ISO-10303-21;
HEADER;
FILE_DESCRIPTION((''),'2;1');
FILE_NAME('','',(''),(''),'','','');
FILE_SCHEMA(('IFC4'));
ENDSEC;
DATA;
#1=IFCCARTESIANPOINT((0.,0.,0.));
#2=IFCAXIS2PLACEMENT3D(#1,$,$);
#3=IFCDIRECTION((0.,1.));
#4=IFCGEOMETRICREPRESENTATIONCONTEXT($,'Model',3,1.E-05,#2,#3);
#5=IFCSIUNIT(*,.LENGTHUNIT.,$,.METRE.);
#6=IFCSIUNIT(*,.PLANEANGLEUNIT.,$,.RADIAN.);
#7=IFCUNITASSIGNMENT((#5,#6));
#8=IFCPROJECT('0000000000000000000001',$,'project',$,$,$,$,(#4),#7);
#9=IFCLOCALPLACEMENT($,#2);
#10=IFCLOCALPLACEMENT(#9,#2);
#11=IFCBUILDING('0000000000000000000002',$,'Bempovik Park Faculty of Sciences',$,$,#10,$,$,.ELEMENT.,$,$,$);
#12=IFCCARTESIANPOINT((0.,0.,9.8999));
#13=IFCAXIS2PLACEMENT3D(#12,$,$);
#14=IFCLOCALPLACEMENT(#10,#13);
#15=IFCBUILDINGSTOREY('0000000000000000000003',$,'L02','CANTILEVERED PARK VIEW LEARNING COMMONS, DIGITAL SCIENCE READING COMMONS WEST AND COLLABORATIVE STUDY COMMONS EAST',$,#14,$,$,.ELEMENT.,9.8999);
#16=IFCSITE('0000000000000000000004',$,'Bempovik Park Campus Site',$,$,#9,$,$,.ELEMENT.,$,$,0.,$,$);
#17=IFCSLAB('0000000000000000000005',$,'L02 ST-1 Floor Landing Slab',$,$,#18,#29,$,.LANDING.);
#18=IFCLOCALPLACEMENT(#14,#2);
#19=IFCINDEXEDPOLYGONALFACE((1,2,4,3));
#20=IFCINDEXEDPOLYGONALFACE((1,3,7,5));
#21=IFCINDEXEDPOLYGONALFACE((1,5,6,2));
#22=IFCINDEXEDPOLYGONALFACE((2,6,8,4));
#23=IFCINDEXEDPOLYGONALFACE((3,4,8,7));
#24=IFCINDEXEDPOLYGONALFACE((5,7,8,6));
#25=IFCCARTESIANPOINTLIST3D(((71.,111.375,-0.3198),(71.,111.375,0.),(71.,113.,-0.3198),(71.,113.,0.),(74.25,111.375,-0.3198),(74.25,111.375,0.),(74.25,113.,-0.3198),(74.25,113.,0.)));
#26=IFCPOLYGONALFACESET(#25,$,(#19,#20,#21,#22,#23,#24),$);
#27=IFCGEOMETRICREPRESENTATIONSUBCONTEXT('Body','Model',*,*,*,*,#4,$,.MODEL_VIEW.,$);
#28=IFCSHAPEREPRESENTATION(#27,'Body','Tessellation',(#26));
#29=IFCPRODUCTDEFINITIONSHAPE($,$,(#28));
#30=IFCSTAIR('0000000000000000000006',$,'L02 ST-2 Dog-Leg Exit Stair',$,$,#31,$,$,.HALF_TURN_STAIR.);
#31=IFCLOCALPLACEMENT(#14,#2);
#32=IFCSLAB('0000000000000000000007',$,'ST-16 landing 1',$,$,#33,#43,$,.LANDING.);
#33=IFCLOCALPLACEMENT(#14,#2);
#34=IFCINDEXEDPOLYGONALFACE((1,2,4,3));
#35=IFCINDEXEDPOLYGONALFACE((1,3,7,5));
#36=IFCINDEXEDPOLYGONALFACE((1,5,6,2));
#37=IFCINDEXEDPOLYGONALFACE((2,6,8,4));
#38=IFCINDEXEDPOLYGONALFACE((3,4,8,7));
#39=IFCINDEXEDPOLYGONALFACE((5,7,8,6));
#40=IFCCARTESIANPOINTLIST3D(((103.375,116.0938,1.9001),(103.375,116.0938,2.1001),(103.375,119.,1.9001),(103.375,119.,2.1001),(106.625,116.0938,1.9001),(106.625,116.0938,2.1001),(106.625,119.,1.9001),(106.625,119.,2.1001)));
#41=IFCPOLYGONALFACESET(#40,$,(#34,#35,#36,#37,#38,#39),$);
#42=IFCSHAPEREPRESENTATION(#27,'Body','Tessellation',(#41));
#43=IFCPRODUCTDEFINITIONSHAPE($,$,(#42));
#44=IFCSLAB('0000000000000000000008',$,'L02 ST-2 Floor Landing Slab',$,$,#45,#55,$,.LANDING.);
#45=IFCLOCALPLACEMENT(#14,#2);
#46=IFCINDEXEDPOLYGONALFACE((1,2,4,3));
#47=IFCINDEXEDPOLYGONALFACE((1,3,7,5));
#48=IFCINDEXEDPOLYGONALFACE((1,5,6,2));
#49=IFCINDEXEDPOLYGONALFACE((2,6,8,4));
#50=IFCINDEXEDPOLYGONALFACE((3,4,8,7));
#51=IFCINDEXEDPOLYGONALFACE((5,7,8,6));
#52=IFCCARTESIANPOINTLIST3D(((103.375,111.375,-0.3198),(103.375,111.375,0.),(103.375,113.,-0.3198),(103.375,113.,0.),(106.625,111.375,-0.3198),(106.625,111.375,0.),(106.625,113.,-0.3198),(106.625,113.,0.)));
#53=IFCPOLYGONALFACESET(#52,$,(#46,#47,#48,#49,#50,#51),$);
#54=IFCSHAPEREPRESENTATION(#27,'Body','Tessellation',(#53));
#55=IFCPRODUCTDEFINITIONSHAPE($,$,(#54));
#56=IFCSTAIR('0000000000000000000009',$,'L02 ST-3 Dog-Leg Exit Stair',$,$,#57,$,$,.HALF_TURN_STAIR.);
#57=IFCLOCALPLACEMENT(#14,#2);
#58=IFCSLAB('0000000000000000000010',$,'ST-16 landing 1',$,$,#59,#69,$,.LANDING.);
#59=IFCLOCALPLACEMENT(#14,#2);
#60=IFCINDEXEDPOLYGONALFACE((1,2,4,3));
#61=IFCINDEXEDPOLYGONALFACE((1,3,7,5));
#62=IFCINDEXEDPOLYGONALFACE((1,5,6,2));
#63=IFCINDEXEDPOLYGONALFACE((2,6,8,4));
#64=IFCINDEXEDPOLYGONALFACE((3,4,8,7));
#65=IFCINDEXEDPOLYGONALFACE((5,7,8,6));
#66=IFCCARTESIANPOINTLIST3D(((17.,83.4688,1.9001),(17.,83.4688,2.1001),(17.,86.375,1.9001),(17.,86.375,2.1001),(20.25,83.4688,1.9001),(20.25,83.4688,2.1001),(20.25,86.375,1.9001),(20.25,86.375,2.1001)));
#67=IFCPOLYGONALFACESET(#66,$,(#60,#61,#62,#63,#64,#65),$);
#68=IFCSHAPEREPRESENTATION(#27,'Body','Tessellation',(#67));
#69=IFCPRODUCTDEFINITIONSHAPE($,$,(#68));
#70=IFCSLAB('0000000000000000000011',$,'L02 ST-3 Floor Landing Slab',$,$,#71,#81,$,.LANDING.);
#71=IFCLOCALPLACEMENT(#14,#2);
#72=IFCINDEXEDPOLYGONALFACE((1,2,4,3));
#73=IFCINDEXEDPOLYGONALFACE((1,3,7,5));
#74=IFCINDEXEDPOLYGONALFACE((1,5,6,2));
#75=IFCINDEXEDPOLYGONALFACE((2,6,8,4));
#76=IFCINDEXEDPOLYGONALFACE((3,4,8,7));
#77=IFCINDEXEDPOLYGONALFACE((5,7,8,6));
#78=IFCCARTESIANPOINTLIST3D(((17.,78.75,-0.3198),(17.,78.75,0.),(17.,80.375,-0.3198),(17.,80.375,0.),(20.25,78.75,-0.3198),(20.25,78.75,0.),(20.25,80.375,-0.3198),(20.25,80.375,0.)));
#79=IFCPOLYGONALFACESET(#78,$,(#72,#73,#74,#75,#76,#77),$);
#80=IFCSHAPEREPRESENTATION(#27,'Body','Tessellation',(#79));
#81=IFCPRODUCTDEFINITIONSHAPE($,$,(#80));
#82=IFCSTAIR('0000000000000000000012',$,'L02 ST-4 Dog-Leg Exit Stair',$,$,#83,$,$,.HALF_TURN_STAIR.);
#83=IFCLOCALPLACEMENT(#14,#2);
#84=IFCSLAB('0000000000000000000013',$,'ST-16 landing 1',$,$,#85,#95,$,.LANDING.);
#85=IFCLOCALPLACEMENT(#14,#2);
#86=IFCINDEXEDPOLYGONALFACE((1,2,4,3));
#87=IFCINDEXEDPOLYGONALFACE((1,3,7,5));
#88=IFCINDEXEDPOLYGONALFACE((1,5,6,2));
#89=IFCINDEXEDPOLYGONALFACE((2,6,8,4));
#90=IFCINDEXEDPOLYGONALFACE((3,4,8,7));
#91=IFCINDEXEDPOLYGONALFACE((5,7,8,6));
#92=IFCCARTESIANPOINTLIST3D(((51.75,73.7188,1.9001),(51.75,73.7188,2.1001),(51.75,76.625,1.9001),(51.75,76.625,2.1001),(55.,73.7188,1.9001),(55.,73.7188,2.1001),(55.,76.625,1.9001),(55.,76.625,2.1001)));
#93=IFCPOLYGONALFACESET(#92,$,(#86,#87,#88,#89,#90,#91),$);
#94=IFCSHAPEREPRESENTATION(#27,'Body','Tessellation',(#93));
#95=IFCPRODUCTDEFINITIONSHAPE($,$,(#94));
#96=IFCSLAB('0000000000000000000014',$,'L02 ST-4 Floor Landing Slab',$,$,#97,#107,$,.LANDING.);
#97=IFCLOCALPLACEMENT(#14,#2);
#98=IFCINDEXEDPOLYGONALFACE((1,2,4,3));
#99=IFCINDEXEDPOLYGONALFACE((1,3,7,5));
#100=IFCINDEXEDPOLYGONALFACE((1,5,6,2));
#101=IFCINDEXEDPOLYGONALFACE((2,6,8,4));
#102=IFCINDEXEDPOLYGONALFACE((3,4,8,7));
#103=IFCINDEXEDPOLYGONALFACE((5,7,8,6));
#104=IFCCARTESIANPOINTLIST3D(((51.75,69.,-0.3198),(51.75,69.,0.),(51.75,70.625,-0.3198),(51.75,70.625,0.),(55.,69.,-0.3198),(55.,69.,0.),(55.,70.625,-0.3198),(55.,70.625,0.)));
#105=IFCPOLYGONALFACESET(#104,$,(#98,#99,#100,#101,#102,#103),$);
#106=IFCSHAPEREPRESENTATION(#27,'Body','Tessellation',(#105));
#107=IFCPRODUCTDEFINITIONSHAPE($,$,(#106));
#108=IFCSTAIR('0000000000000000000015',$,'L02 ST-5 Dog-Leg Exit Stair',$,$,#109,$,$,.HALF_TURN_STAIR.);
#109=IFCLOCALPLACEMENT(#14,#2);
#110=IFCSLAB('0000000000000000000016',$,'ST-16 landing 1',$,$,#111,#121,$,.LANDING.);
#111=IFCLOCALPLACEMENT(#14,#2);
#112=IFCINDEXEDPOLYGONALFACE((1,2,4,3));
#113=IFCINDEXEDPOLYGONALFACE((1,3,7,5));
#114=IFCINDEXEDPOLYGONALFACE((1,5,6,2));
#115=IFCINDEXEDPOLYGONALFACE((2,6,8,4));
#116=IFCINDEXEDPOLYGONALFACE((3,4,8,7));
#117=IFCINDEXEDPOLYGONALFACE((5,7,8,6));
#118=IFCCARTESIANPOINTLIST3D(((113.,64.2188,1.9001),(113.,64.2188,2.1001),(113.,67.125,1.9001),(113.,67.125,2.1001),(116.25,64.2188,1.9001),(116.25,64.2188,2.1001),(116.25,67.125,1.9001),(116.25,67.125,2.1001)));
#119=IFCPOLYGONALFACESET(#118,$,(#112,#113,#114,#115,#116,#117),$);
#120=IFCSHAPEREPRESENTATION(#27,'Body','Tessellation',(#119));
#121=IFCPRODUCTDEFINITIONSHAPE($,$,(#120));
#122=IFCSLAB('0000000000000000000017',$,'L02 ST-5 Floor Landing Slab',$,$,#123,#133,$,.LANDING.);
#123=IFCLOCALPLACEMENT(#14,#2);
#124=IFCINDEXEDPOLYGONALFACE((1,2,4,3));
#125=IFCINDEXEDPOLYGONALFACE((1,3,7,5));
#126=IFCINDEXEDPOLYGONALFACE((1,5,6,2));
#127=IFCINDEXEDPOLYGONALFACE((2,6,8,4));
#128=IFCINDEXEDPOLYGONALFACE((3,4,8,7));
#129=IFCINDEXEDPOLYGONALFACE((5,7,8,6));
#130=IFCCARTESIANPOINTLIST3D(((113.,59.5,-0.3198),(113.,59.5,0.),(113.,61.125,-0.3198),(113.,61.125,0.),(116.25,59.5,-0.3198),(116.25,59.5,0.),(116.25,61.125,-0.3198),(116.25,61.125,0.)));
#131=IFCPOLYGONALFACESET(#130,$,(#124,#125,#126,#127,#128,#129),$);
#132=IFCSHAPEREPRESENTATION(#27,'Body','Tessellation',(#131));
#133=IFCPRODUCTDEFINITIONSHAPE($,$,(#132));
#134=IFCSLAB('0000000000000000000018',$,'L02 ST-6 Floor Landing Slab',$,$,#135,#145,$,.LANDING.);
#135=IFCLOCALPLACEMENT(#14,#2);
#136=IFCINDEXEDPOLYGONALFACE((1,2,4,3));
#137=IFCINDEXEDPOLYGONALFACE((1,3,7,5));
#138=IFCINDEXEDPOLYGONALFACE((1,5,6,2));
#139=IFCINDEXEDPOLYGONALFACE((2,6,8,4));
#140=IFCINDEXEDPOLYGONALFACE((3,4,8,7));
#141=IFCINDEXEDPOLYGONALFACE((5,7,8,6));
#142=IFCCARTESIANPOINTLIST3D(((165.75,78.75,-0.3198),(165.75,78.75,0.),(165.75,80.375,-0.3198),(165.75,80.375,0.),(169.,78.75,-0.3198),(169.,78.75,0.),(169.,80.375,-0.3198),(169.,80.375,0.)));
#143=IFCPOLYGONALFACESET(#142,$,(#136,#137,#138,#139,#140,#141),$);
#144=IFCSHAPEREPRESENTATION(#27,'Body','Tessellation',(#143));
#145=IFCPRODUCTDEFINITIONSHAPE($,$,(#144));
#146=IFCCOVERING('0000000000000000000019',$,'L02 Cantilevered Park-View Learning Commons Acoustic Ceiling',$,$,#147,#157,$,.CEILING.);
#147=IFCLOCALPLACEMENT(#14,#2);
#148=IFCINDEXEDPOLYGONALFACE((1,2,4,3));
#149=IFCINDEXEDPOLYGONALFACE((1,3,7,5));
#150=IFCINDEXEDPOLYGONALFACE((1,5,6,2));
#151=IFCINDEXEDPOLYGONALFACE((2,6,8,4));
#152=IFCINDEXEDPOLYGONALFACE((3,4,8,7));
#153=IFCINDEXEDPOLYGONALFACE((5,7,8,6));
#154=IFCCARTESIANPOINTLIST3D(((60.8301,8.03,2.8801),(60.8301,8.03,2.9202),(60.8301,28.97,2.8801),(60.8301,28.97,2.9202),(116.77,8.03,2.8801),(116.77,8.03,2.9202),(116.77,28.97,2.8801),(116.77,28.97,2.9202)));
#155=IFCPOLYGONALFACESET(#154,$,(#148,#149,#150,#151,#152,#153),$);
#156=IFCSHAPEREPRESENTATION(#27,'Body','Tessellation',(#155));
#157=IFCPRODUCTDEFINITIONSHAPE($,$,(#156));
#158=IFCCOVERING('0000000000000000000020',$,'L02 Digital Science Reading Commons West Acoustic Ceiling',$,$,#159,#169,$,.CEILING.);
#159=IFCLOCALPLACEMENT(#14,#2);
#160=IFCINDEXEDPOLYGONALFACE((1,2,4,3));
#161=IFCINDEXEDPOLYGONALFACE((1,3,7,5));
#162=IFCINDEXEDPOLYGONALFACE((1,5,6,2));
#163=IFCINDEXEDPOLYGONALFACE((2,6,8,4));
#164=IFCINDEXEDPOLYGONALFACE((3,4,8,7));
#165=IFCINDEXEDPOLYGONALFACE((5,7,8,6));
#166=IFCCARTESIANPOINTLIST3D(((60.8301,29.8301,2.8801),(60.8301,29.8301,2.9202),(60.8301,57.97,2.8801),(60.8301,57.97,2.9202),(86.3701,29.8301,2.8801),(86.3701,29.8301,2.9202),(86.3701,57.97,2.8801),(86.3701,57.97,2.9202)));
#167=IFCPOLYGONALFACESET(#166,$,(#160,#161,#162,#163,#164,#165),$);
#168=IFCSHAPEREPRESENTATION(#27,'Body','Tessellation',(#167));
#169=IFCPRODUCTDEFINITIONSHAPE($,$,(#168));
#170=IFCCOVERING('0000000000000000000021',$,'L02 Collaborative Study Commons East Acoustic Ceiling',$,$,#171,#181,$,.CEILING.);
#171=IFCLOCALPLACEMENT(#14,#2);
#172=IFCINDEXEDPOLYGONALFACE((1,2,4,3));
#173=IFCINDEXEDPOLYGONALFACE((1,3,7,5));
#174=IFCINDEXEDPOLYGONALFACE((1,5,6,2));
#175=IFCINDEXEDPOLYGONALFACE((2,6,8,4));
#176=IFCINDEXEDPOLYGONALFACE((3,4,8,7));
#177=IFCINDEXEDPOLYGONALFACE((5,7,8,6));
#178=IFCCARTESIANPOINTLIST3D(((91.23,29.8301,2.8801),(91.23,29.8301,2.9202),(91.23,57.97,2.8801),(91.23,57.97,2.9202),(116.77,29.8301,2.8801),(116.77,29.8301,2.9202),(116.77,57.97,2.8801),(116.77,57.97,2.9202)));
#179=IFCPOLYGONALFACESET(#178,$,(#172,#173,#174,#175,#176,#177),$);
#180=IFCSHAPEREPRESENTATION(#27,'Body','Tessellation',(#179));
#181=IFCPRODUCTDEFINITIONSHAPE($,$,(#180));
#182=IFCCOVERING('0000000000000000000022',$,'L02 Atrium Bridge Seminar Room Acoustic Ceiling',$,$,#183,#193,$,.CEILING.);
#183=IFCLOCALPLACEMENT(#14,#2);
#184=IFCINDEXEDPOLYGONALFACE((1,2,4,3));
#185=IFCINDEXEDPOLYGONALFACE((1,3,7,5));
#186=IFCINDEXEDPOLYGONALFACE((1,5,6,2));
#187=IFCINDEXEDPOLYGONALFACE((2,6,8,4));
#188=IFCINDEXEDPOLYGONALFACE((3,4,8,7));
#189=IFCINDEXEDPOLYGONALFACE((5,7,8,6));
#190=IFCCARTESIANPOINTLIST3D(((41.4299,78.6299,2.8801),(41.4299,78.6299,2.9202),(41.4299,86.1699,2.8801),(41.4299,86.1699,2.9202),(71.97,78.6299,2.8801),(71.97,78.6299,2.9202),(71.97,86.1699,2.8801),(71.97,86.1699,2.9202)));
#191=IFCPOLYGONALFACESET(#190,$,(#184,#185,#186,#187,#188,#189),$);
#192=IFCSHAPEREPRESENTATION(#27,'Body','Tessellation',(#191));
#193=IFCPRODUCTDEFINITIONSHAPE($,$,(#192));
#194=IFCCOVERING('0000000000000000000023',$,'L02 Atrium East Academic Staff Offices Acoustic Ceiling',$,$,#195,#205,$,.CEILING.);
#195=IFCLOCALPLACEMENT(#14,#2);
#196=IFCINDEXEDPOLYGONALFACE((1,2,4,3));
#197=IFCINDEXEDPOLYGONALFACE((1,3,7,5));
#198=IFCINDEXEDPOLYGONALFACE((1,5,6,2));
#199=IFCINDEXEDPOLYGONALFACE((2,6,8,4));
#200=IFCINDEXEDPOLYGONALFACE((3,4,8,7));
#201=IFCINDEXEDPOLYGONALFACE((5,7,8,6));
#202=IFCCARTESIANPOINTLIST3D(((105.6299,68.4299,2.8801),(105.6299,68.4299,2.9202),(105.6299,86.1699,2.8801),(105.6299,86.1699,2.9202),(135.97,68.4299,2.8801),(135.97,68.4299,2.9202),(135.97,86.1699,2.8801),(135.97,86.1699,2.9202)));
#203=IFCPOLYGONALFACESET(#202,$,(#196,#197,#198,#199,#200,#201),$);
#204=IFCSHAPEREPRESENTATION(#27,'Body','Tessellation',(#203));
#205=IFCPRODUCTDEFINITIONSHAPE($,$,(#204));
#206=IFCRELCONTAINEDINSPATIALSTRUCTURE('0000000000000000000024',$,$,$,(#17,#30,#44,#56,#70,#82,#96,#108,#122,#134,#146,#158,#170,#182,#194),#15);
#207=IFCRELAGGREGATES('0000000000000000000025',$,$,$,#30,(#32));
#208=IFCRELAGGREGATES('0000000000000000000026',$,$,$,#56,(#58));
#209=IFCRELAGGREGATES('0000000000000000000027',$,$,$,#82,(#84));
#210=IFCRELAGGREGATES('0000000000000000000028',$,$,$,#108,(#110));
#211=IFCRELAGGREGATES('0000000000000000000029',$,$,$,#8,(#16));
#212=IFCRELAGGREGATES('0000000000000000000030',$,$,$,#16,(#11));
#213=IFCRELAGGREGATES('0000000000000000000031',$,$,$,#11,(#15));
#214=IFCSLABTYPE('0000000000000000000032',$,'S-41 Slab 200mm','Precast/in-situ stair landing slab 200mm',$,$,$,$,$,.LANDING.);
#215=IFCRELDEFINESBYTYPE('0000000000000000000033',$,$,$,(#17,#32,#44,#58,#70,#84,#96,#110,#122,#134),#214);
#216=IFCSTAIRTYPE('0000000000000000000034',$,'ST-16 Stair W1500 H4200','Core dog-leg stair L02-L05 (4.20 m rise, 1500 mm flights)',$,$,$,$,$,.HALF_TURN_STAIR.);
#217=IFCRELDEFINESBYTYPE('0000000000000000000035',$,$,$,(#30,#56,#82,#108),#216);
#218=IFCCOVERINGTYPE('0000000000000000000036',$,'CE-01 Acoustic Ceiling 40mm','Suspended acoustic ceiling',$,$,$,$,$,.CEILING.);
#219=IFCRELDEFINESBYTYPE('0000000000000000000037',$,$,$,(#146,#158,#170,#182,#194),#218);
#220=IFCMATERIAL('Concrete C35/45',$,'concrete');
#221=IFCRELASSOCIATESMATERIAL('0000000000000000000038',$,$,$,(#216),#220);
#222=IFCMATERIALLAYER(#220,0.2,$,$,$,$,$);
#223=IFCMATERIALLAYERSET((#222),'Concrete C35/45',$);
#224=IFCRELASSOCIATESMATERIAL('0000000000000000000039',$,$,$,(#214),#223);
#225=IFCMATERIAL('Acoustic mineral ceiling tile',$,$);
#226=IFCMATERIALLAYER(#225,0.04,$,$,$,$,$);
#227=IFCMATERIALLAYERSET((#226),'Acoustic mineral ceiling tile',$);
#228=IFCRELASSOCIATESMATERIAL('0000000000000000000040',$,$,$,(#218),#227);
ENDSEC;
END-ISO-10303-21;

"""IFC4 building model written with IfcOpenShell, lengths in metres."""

from ifc_helpers import new_model, si_unit, direction, frame, origin, place, context, subcontext, project, spatial, polyline, outline, extrude, material, layer, layer_set, type_object, element, aggregate, save


model = new_model("IFC4")

# Units and contexts
model_context = context("Model", 3, precision=1e-05, world=origin(), true_north=direction((0.0, 1.0)))
body_context = subcontext(model_context, "Body", "Model", "MODEL_VIEW")
ifc_project = project(units=[si_unit("LENGTHUNIT", "METRE"), si_unit("PLANEANGLEUNIT", "RADIAN")], contexts=[model_context])

# Site, building, storey
site_placement = place(None, origin())
site = spatial("IfcSite", under=ifc_project, at=site_placement, Name="Bempovik Park Campus Site", CompositionType="ELEMENT", RefElevation=0.0)
building_placement = place(site_placement, origin())
building = spatial("IfcBuilding", under=site, at=building_placement, Name="Bempovik Park Faculty of Sciences", CompositionType="ELEMENT")
storey_placement = place(building_placement, frame((0.0, 0.0, 9.8999)))
storey = spatial("IfcBuildingStorey", under=building, at=storey_placement, Name="L02", Description="CANTILEVERED PARK VIEW LEARNING COMMONS, DIGITAL SCIENCE READING COMMONS WEST AND COLLABORATIVE STUDY COMMONS EAST", CompositionType="ELEMENT", Elevation=9.8999)

# Shared definitions
ifc_material_1 = material(Name="Concrete C35/45", Category="concrete")

# Shared definitions
stair_type = type_object("IfcStairType", Name="ST-16 Stair W1500 H4200", Description="Core dog-leg stair L02-L05 (4.20 m rise, 1500 mm flights)", PredefinedType="HALF_TURN_STAIR", material=ifc_material_1)
ifc_layer_1 = layer(ifc_material_1, 0.2)
ifc_layer_set_1 = layer_set([ifc_layer_1], Name="Concrete C35/45")
slab_type_1 = type_object("IfcSlabType", Name="S-41 Slab 200mm", Description="Precast/in-situ stair landing slab 200mm", PredefinedType="LANDING", material=ifc_layer_set_1)

# Slab
slab_1_placement = place(storey_placement, frame((0.0, 0.0, -0.3198)))
element("IfcSlab", 1, at=slab_1_placement, inside=storey, type_object=slab_type_1, Name="L02 ST-1 Floor Landing Slab", PredefinedType="LANDING", context=body_context, shape_type="SweptSolid", body=[
    extrude(outline(polyline([(74.25, 111.375), (74.25, 113.0), (71.0, 113.0), (71.0, 111.375), (74.25, 111.375)])), origin(), (0.0, 0.0, 1.0), 0.3198),
])

# Stair, slab
stair_1_placement = place(storey_placement, origin())
stair_1 = element("IfcStair", 2, at=stair_1_placement, inside=storey, type_object=stair_type, Name="L02 ST-2 Dog-Leg Exit Stair", PredefinedType="HALF_TURN_STAIR")
slab_2_placement = place(storey_placement, frame((0.0, 0.0, 1.9001)))
slab_2 = element("IfcSlab", 3, at=slab_2_placement, type_object=slab_type_1, Name="ST-16 landing 1", PredefinedType="LANDING", context=body_context, shape_type="SweptSolid", body=[
    extrude(outline(polyline([(106.625, 116.0938), (106.625, 119.0), (103.375, 119.0), (103.375, 116.0938), (106.625, 116.0938)])), origin(), (0.0, 0.0, 1.0), 0.2),
])
aggregate(stair_1, [slab_2])

# Slab
slab_3_placement = place(storey_placement, frame((0.0, 0.0, -0.3198)))
element("IfcSlab", 4, at=slab_3_placement, inside=storey, type_object=slab_type_1, Name="L02 ST-2 Floor Landing Slab", PredefinedType="LANDING", context=body_context, shape_type="SweptSolid", body=[
    extrude(outline(polyline([(106.625, 111.375), (106.625, 113.0), (103.375, 113.0), (103.375, 111.375), (106.625, 111.375)])), origin(), (0.0, 0.0, 1.0), 0.3198),
])

# Stair, slab
stair_2_placement = place(storey_placement, origin())
stair_2 = element("IfcStair", 5, at=stair_2_placement, inside=storey, type_object=stair_type, Name="L02 ST-3 Dog-Leg Exit Stair", PredefinedType="HALF_TURN_STAIR")
slab_4_placement = place(storey_placement, frame((0.0, 0.0, 1.9001)))
slab_4 = element("IfcSlab", 6, at=slab_4_placement, type_object=slab_type_1, Name="ST-16 landing 1", PredefinedType="LANDING", context=body_context, shape_type="SweptSolid", body=[
    extrude(outline(polyline([(20.25, 83.4688), (20.25, 86.375), (17.0, 86.375), (17.0, 83.4688), (20.25, 83.4688)])), origin(), (0.0, 0.0, 1.0), 0.2),
])
aggregate(stair_2, [slab_4])

# Slab
slab_5_placement = place(storey_placement, frame((0.0, 0.0, -0.3198)))
element("IfcSlab", 7, at=slab_5_placement, inside=storey, type_object=slab_type_1, Name="L02 ST-3 Floor Landing Slab", PredefinedType="LANDING", context=body_context, shape_type="SweptSolid", body=[
    extrude(outline(polyline([(20.25, 78.75), (20.25, 80.375), (17.0, 80.375), (17.0, 78.75), (20.25, 78.75)])), origin(), (0.0, 0.0, 1.0), 0.3198),
])

# Stair, slab
stair_3_placement = place(storey_placement, origin())
stair_3 = element("IfcStair", 8, at=stair_3_placement, inside=storey, type_object=stair_type, Name="L02 ST-4 Dog-Leg Exit Stair", PredefinedType="HALF_TURN_STAIR")
slab_6_placement = place(storey_placement, frame((0.0, 0.0, 1.9001)))
slab_6 = element("IfcSlab", 9, at=slab_6_placement, type_object=slab_type_1, Name="ST-16 landing 1", PredefinedType="LANDING", context=body_context, shape_type="SweptSolid", body=[
    extrude(outline(polyline([(55.0, 73.7188), (55.0, 76.625), (51.75, 76.625), (51.75, 73.7188), (55.0, 73.7188)])), origin(), (0.0, 0.0, 1.0), 0.2),
])
aggregate(stair_3, [slab_6])

# Slab
slab_7_placement = place(storey_placement, frame((0.0, 0.0, -0.3198)))
element("IfcSlab", 10, at=slab_7_placement, inside=storey, type_object=slab_type_1, Name="L02 ST-4 Floor Landing Slab", PredefinedType="LANDING", context=body_context, shape_type="SweptSolid", body=[
    extrude(outline(polyline([(55.0, 69.0), (55.0, 70.625), (51.75, 70.625), (51.75, 69.0), (55.0, 69.0)])), origin(), (0.0, 0.0, 1.0), 0.3198),
])

# Stair, slab
stair_4_placement = place(storey_placement, origin())
stair_4 = element("IfcStair", 11, at=stair_4_placement, inside=storey, type_object=stair_type, Name="L02 ST-5 Dog-Leg Exit Stair", PredefinedType="HALF_TURN_STAIR")
slab_8_placement = place(storey_placement, frame((0.0, 0.0, 1.9001)))
slab_8 = element("IfcSlab", 12, at=slab_8_placement, type_object=slab_type_1, Name="ST-16 landing 1", PredefinedType="LANDING", context=body_context, shape_type="SweptSolid", body=[
    extrude(outline(polyline([(116.25, 64.2188), (116.25, 67.125), (113.0, 67.125), (113.0, 64.2188), (116.25, 64.2188)])), origin(), (0.0, 0.0, 1.0), 0.2),
])
aggregate(stair_4, [slab_8])

# Slabs
slab_9_placement = place(storey_placement, frame((0.0, 0.0, -0.3198)))
element("IfcSlab", 13, at=slab_9_placement, inside=storey, type_object=slab_type_1, Name="L02 ST-5 Floor Landing Slab", PredefinedType="LANDING", context=body_context, shape_type="SweptSolid", body=[
    extrude(outline(polyline([(116.25, 59.5), (116.25, 61.125), (113.0, 61.125), (113.0, 59.5), (116.25, 59.5)])), origin(), (0.0, 0.0, 1.0), 0.3198),
])
slab_10_placement = place(storey_placement, frame((0.0, 0.0, -0.3198)))
element("IfcSlab", 14, at=slab_10_placement, inside=storey, type_object=slab_type_1, Name="L02 ST-6 Floor Landing Slab", PredefinedType="LANDING", context=body_context, shape_type="SweptSolid", body=[
    extrude(outline(polyline([(169.0, 78.75), (169.0, 80.375), (165.75, 80.375), (165.75, 78.75), (169.0, 78.75)])), origin(), (0.0, 0.0, 1.0), 0.3198),
])

# Coverings
ifc_material_2 = material(Name="Acoustic mineral ceiling tile")
ifc_layer_2 = layer(ifc_material_2, 0.04)
ifc_layer_set_2 = layer_set([ifc_layer_2], Name="Acoustic mineral ceiling tile")
covering_type_1 = type_object("IfcCoveringType", Name="CE-01 Acoustic Ceiling 40mm", Description="Suspended acoustic ceiling", PredefinedType="CEILING", material=ifc_layer_set_2)
covering_1_placement = place(storey_placement, frame((0.0, 0.0, 2.8801)))
element("IfcCovering", 15, at=covering_1_placement, inside=storey, type_object=covering_type_1, Name="L02 Cantilevered Park-View Learning Commons Acoustic Ceiling", PredefinedType="CEILING", context=body_context, shape_type="SweptSolid", body=[
    extrude(outline(polyline([(60.8301, 8.03), (116.77, 8.03), (116.77, 28.97), (60.8301, 28.97), (60.8301, 8.03)])), origin(), (0.0, 0.0, 1.0), 0.04),
])
covering_2_placement = place(storey_placement, frame((0.0, 0.0, 2.8801)))
element("IfcCovering", 16, at=covering_2_placement, inside=storey, type_object=covering_type_1, Name="L02 Digital Science Reading Commons West Acoustic Ceiling", PredefinedType="CEILING", context=body_context, shape_type="SweptSolid", body=[
    extrude(outline(polyline([(60.8301, 29.8301), (86.3701, 29.8301), (86.3701, 57.97), (60.8301, 57.97), (60.8301, 29.8301)])), origin(), (0.0, 0.0, 1.0), 0.04),
])
covering_3_placement = place(storey_placement, frame((0.0, 0.0, 2.8801)))
element("IfcCovering", 17, at=covering_3_placement, inside=storey, type_object=covering_type_1, Name="L02 Collaborative Study Commons East Acoustic Ceiling", PredefinedType="CEILING", context=body_context, shape_type="SweptSolid", body=[
    extrude(outline(polyline([(91.23, 29.8301), (116.77, 29.8301), (116.77, 57.97), (91.23, 57.97), (91.23, 29.8301)])), origin(), (0.0, 0.0, 1.0), 0.04),
])
covering_4_placement = place(storey_placement, frame((0.0, 0.0, 2.8801)))
element("IfcCovering", 18, at=covering_4_placement, inside=storey, type_object=covering_type_1, Name="L02 Atrium Bridge Seminar Room Acoustic Ceiling", PredefinedType="CEILING", context=body_context, shape_type="SweptSolid", body=[
    extrude(outline(polyline([(41.4299, 78.6299), (71.97, 78.6299), (71.97, 86.1699), (41.4299, 86.1699), (41.4299, 78.6299)])), origin(), (0.0, 0.0, 1.0), 0.04),
])
covering_5_placement = place(storey_placement, frame((0.0, 0.0, 2.8801)))
element("IfcCovering", 19, at=covering_5_placement, inside=storey, type_object=covering_type_1, Name="L02 Atrium East Academic Staff Offices Acoustic Ceiling", PredefinedType="CEILING", context=body_context, shape_type="SweptSolid", body=[
    extrude(outline(polyline([(105.6299, 68.4299), (135.97, 68.4299), (135.97, 86.1699), (105.6299, 86.1699), (105.6299, 68.4299)])), origin(), (0.0, 0.0, 1.0), 0.04),
])

save(model, "model.ifc")
